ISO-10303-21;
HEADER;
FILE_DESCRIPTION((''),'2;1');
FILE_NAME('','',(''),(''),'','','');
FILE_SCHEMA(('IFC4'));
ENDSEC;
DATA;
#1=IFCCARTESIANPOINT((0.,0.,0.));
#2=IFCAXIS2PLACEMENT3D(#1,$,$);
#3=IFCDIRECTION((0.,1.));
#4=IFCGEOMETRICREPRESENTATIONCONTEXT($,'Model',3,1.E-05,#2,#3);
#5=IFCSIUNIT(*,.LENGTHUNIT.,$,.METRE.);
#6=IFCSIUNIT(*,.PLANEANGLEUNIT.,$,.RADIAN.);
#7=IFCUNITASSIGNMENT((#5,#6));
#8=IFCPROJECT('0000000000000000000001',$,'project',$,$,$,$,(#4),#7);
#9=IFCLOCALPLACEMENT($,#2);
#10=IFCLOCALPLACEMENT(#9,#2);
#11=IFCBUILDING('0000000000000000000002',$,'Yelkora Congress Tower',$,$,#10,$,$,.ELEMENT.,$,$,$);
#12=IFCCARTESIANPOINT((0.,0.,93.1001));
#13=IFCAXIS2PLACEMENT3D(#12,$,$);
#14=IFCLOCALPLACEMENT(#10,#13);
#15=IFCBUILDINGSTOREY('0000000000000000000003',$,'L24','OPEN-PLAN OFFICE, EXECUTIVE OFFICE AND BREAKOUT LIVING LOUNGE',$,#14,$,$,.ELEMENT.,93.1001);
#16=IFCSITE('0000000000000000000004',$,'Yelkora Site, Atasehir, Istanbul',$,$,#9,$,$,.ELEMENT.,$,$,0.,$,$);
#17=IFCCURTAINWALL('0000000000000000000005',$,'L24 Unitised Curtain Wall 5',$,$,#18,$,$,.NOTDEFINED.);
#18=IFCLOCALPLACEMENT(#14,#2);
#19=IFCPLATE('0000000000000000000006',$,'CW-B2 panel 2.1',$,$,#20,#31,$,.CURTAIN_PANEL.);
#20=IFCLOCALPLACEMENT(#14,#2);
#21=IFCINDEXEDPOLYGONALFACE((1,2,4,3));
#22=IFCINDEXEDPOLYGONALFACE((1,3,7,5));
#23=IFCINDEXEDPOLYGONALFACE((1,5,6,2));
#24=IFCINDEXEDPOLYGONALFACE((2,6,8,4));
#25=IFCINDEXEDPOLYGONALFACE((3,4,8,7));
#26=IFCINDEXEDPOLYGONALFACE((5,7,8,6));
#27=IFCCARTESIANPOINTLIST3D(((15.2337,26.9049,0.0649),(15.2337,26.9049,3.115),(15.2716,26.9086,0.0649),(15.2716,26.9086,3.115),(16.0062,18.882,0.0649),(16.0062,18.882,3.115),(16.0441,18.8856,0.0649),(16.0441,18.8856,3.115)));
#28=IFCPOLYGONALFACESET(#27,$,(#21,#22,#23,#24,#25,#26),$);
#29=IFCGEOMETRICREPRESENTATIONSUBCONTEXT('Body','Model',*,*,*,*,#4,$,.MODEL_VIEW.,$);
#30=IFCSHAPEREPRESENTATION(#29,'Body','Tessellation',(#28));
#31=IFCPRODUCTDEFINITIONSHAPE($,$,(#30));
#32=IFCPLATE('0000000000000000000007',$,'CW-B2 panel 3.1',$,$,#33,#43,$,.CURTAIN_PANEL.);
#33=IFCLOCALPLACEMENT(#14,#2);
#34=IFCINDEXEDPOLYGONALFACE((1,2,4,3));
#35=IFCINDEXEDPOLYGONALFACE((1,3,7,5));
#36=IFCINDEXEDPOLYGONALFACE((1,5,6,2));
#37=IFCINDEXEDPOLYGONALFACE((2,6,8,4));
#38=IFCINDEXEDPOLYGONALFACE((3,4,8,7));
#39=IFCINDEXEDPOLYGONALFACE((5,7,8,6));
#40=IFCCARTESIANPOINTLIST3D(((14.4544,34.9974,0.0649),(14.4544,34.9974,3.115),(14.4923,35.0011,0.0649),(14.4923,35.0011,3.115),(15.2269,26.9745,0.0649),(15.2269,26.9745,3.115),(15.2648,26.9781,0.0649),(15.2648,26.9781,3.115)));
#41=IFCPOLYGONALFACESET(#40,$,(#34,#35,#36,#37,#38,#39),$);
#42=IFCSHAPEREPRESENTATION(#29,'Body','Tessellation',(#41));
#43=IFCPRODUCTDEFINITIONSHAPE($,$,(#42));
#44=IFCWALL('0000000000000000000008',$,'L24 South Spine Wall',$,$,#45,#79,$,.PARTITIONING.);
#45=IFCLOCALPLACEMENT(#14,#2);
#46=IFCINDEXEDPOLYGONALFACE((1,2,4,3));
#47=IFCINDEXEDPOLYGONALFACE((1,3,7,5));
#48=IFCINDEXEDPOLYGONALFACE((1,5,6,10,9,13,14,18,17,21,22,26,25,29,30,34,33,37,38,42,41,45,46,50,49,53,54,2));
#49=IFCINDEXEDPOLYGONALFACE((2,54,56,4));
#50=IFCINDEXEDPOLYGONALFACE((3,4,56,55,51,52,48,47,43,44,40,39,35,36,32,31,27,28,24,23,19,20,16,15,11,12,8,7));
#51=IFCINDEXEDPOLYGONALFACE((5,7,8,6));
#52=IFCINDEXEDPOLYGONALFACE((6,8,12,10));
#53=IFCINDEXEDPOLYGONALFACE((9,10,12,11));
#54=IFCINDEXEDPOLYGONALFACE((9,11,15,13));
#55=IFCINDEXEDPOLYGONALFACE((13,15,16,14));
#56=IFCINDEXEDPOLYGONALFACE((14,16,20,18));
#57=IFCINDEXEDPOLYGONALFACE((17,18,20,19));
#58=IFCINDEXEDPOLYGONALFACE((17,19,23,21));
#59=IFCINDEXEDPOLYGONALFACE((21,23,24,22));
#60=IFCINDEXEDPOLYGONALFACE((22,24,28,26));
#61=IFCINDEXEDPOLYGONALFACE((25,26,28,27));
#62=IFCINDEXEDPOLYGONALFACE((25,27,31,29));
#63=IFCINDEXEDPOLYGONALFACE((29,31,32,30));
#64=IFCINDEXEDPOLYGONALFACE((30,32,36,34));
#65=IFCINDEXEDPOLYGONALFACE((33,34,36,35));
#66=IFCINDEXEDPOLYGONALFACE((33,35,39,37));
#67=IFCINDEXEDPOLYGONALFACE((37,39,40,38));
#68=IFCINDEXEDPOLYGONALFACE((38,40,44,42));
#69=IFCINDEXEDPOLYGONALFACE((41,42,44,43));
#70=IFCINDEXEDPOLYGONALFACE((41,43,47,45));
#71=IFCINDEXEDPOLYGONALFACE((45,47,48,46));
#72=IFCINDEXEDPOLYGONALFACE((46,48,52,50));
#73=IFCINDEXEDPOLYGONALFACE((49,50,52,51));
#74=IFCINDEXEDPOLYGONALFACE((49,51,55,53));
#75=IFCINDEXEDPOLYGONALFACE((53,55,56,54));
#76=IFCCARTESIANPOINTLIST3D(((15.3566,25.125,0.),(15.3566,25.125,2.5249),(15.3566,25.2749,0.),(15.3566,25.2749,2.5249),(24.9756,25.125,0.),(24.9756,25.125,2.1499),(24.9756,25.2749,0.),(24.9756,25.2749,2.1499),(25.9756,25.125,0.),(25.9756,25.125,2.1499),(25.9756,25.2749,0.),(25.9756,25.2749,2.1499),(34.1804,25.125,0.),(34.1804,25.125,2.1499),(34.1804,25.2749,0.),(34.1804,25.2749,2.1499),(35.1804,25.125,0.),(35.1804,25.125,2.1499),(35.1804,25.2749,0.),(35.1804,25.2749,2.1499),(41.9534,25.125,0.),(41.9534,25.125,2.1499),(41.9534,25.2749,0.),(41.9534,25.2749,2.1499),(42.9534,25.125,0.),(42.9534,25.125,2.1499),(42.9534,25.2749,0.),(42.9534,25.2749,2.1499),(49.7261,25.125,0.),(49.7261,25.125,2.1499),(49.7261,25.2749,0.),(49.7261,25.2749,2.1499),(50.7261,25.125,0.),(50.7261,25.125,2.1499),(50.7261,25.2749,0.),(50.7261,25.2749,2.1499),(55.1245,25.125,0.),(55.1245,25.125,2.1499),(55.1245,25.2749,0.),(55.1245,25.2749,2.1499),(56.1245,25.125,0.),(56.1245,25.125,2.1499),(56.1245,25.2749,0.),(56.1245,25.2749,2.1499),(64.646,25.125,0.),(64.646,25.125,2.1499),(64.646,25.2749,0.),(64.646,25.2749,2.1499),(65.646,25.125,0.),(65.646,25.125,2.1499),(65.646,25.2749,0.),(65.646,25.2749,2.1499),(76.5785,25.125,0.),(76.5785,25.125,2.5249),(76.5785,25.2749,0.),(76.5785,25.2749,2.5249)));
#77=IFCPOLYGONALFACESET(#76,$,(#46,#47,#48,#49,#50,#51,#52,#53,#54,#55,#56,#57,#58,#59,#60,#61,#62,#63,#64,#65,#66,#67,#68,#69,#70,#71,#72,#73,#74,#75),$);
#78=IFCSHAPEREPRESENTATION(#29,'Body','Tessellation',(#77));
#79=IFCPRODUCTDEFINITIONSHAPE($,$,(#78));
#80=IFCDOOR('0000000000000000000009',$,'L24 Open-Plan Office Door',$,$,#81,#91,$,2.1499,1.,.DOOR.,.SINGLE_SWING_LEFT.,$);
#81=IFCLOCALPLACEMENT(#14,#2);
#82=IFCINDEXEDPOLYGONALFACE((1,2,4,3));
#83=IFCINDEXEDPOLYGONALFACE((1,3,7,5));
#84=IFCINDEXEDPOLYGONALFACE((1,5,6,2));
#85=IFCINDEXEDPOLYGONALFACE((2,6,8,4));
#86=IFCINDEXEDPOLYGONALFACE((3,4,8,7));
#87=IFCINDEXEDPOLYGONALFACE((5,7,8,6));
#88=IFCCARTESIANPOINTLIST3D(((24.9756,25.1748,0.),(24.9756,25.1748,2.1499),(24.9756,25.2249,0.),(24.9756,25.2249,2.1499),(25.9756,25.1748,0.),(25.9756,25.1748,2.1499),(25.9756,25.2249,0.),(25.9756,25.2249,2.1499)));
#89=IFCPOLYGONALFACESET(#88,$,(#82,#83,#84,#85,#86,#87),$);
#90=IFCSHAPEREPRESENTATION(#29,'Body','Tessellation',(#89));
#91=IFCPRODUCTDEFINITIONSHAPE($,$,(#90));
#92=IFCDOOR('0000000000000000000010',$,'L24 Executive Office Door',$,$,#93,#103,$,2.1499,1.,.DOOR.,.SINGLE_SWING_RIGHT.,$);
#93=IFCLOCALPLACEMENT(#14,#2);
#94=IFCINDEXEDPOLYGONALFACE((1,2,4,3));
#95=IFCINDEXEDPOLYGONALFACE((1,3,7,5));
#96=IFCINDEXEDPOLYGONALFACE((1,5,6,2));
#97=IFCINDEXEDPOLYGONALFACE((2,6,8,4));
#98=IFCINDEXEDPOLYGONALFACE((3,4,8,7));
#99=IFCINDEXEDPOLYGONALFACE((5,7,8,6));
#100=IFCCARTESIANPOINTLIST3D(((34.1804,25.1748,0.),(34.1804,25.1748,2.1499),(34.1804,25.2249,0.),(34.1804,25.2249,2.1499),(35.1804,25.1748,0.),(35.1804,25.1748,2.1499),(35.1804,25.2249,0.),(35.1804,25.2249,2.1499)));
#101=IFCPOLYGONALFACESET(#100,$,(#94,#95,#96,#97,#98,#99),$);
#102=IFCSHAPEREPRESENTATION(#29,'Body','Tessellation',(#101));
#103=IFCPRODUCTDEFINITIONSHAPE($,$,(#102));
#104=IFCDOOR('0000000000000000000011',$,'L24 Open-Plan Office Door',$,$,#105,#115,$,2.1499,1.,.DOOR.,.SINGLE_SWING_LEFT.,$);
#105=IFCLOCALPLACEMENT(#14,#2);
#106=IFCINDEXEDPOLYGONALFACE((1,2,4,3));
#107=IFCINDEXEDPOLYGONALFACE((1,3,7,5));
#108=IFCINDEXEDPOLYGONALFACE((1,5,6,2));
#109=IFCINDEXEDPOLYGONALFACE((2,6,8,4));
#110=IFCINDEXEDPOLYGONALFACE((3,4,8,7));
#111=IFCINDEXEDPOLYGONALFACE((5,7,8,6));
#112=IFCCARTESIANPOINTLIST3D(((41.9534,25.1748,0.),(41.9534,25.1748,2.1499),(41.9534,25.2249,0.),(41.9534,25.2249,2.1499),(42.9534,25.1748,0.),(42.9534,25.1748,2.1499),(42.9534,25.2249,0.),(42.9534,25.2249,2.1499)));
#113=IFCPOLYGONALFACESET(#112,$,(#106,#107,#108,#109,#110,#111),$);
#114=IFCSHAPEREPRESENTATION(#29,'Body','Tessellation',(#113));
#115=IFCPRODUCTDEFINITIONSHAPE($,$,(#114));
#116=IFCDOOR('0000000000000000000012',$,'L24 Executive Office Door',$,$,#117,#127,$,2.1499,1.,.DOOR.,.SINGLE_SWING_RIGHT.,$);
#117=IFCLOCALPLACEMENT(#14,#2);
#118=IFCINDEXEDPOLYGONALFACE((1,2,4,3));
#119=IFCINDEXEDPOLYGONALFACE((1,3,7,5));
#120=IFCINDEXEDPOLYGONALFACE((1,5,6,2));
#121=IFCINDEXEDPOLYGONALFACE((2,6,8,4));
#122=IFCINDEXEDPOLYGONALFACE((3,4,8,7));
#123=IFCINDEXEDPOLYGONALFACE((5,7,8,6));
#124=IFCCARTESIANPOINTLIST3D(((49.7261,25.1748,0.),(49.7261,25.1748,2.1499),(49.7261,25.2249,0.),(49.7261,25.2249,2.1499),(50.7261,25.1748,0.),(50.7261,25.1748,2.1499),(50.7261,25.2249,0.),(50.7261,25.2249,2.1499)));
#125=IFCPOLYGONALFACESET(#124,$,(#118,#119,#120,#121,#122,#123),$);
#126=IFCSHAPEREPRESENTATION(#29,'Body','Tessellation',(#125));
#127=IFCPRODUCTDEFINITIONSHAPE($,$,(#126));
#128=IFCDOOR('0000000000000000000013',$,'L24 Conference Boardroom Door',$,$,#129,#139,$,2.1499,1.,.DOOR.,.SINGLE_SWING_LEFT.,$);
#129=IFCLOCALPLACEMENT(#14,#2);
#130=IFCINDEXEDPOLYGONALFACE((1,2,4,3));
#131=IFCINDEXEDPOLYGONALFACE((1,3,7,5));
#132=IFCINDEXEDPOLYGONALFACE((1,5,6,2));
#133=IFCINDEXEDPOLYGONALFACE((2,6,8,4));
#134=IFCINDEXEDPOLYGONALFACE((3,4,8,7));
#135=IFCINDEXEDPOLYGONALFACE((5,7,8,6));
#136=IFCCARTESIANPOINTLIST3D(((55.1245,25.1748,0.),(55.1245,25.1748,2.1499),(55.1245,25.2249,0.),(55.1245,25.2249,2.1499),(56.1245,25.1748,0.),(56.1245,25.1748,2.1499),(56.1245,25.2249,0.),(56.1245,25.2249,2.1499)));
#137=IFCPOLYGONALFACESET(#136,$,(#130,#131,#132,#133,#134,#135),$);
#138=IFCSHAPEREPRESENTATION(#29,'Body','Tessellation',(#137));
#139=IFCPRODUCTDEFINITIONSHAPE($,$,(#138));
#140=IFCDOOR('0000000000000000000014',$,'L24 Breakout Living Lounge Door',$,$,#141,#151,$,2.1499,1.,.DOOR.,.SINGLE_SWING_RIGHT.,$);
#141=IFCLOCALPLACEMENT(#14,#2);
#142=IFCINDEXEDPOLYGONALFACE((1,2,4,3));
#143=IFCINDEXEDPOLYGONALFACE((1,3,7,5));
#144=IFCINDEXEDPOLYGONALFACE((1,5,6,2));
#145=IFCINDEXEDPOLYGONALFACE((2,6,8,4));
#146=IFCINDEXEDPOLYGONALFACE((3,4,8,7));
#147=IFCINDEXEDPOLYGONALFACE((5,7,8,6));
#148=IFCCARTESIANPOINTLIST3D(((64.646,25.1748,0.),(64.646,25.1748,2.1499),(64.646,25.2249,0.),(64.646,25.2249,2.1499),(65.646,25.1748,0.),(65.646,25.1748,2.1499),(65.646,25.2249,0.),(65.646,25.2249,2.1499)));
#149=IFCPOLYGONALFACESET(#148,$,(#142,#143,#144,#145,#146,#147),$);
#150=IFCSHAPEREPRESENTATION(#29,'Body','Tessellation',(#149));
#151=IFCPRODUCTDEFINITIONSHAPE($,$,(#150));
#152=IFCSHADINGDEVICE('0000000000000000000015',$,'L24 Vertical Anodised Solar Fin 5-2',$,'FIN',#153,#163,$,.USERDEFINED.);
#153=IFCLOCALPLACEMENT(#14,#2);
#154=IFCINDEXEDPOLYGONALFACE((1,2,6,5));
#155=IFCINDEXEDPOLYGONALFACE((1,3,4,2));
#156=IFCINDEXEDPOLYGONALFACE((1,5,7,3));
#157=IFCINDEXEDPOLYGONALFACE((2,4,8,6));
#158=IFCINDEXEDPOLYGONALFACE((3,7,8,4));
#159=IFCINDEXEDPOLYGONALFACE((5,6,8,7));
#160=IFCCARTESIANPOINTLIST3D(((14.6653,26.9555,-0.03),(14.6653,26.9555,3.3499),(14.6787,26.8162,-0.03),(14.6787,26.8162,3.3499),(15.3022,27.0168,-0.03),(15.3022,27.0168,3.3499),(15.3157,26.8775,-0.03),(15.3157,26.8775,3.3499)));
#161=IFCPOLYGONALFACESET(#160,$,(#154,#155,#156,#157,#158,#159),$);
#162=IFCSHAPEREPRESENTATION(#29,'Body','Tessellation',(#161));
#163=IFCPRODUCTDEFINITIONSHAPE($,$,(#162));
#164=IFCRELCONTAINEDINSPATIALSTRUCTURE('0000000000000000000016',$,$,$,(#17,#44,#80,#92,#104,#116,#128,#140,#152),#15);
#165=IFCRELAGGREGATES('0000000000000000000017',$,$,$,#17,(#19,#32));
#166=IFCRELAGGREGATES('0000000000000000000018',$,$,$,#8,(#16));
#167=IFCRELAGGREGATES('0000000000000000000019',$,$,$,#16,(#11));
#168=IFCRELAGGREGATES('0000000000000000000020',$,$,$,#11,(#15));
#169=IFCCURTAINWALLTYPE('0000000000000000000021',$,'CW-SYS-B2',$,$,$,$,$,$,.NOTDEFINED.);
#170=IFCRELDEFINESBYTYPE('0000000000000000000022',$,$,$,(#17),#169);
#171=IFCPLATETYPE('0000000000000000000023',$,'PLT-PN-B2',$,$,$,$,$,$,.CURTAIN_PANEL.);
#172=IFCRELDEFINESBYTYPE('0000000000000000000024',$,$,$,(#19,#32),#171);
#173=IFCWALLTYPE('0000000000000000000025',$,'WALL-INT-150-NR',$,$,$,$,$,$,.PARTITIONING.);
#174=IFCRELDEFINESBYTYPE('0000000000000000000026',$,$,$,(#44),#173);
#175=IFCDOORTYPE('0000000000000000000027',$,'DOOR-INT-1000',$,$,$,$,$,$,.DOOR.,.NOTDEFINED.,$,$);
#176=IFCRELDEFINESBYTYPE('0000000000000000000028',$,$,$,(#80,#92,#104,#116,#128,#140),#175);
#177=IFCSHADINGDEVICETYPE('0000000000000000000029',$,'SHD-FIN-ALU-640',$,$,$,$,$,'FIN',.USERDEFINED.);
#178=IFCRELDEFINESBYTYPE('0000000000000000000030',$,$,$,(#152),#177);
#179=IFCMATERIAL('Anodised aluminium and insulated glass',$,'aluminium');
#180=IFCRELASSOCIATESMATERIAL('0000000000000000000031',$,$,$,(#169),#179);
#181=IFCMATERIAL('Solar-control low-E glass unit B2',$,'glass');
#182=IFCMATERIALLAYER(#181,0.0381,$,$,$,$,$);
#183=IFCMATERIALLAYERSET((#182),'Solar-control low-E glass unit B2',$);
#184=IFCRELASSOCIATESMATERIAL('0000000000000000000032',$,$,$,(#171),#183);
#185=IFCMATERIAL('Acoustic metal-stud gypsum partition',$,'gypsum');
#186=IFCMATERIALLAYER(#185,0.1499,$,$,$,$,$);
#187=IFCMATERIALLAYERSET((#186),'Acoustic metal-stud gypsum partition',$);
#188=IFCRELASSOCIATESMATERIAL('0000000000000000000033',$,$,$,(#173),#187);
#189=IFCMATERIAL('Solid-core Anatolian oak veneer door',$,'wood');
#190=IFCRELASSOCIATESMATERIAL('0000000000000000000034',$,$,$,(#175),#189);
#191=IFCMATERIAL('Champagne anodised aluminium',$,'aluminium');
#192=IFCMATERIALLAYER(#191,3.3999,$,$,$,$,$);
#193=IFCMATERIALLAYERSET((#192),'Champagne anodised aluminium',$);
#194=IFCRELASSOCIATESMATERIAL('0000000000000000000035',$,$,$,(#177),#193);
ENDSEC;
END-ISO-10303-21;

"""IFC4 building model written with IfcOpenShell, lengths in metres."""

from ifc_helpers import new_model, si_unit, direction, frame, frame_2d, origin, origin_2d, place, context, subcontext, project, spatial, rectangle, extrude, material, layer, layer_set, type_object, element, fill, aggregate, save


model = new_model("IFC4")

# Units and contexts
model_context = context("Model", 3, precision=1e-05, world=origin(), true_north=direction((0.0, 1.0)))
body_context = subcontext(model_context, "Body", "Model", "MODEL_VIEW")
ifc_project = project(units=[si_unit("LENGTHUNIT", "METRE"), si_unit("PLANEANGLEUNIT", "RADIAN")], contexts=[model_context])

# Site, building, storey
site_placement = place(None, origin())
site = spatial("IfcSite", under=ifc_project, at=site_placement, Name="Yelkora Site, Atasehir, Istanbul", CompositionType="ELEMENT", RefElevation=0.0)
building_placement = place(site_placement, origin())
building = spatial("IfcBuilding", under=site, at=building_placement, Name="Yelkora Congress Tower", CompositionType="ELEMENT")
storey_placement = place(building_placement, frame((0.0, 0.0, 93.1001)))
storey = spatial("IfcBuildingStorey", under=building, at=storey_placement, Name="L24", Description="OPEN-PLAN OFFICE, EXECUTIVE OFFICE AND BREAKOUT LIVING LOUNGE", CompositionType="ELEMENT", Elevation=93.1001)

# Curtain wall, plates
ifc_material_1 = material(Name="Anodised aluminium and insulated glass", Category="aluminium")
curtain_wall_type = type_object("IfcCurtainWallType", Name="CW-SYS-B2", PredefinedType="NOTDEFINED", material=ifc_material_1)
curtain_wall_placement = place(storey_placement, origin())
curtain_wall = element("IfcCurtainWall", 1, at=curtain_wall_placement, inside=storey, type_object=curtain_wall_type, Name="L24 Unitised Curtain Wall 5", PredefinedType="NOTDEFINED")
ifc_material_2 = material(Name="Solar-control low-E glass unit B2", Category="glass")
ifc_layer_1 = layer(ifc_material_2, 0.0381)
ifc_layer_set_1 = layer_set([ifc_layer_1], Name="Solar-control low-E glass unit B2")
plate_type = type_object("IfcPlateType", Name="PLT-PN-B2", PredefinedType="CURTAIN_PANEL", material=ifc_layer_set_1)
plate_1_placement = place(storey_placement, frame((15.6389, 22.8953, 0.0649), z_axis=(0.0, 0.0, 1.0), x_axis=(-0.095843, 0.995397, 0.0)))
plate_1 = element("IfcPlate", 2, at=plate_1_placement, type_object=plate_type, Name="CW-B2 panel 2.1", PredefinedType="CURTAIN_PANEL", context=body_context, shape_type="SweptSolid", body=[
    extrude(rectangle(XDim=8.0601, YDim=0.0381, at=origin_2d()), origin(), (0.0, 0.0, 1.0), 3.05),
])
plate_2_placement = place(storey_placement, frame((14.8596, 30.9878, 0.0649), z_axis=(0.0, 0.0, 1.0), x_axis=(-0.095843, 0.995397, 0.0)))
plate_2 = element("IfcPlate", 3, at=plate_2_placement, type_object=plate_type, Name="CW-B2 panel 3.1", PredefinedType="CURTAIN_PANEL", context=body_context, shape_type="SweptSolid", body=[
    extrude(rectangle(XDim=8.0601, YDim=0.0381, at=origin_2d()), origin(), (0.0, 0.0, 1.0), 3.05),
])
aggregate(curtain_wall, [plate_1, plate_2])

# Wall, openings, doors
ifc_material_3 = material(Name="Acoustic metal-stud gypsum partition", Category="gypsum")
ifc_layer_2 = layer(ifc_material_3, 0.1499)
ifc_layer_set_2 = layer_set([ifc_layer_2], Name="Acoustic metal-stud gypsum partition")
wall_type = type_object("IfcWallType", Name="WALL-INT-150-NR", PredefinedType="PARTITIONING", material=ifc_layer_set_2)
wall_placement = place(storey_placement, frame((15.3567, 25.2, 0.0), z_axis=(0.0, 0.0, 1.0), x_axis=(1.0, 0.0, 0.0)))
wall = element("IfcWall", 4, at=wall_placement, inside=storey, type_object=wall_type, Name="L24 South Spine Wall", PredefinedType="PARTITIONING", context=body_context, shape_type="SweptSolid", body=[
    extrude(rectangle(XDim=61.2219, YDim=0.1499, at=frame_2d((30.6108, 0.0))), origin(), (0.0, 0.0, 1.0), 2.5249),
])
opening_1_placement = place(wall_placement, frame((9.6189, 0.0, 0.0)))
opening_1 = element("IfcOpeningElement", 5, at=opening_1_placement, cuts=wall, PredefinedType="OPENING", context=body_context, shape_type="SweptSolid", body=[
    extrude(rectangle(XDim=1.0, YDim=2.1499, at=frame_2d((0.5, 1.075))), frame((0.0, 0.085, 0.0), z_axis=(0.0, -1.0, 0.0), x_axis=(1.0, 0.0, 0.0)), (0.0, 0.0, 1.0), 0.1699),
])
opening_2_placement = place(wall_placement, frame((18.8237, 0.0, 0.0)))
opening_2 = element("IfcOpeningElement", 6, at=opening_2_placement, cuts=wall, PredefinedType="OPENING", context=body_context, shape_type="SweptSolid", body=[
    extrude(rectangle(XDim=1.0, YDim=2.1499, at=frame_2d((0.5, 1.075))), frame((0.0, 0.085, 0.0), z_axis=(0.0, -1.0, 0.0), x_axis=(1.0, 0.0, 0.0)), (0.0, 0.0, 1.0), 0.1699),
])
opening_3_placement = place(wall_placement, frame((26.5967, 0.0, 0.0)))
opening_3 = element("IfcOpeningElement", 7, at=opening_3_placement, cuts=wall, PredefinedType="OPENING", context=body_context, shape_type="SweptSolid", body=[
    extrude(rectangle(XDim=1.0, YDim=2.1499, at=frame_2d((0.5, 1.075))), frame((0.0, 0.085, 0.0), z_axis=(0.0, -1.0, 0.0), x_axis=(1.0, 0.0, 0.0)), (0.0, 0.0, 1.0), 0.1699),
])
opening_4_placement = place(wall_placement, frame((34.3694, 0.0, 0.0)))
opening_4 = element("IfcOpeningElement", 8, at=opening_4_placement, cuts=wall, PredefinedType="OPENING", context=body_context, shape_type="SweptSolid", body=[
    extrude(rectangle(XDim=1.0, YDim=2.1499, at=frame_2d((0.5, 1.075))), frame((0.0, 0.085, 0.0), z_axis=(0.0, -1.0, 0.0), x_axis=(1.0, 0.0, 0.0)), (0.0, 0.0, 1.0), 0.1699),
])
opening_5_placement = place(wall_placement, frame((39.7678, 0.0, 0.0)))
opening_5 = element("IfcOpeningElement", 9, at=opening_5_placement, cuts=wall, PredefinedType="OPENING", context=body_context, shape_type="SweptSolid", body=[
    extrude(rectangle(XDim=1.0, YDim=2.1499, at=frame_2d((0.5, 1.075))), frame((0.0, 0.085, 0.0), z_axis=(0.0, -1.0, 0.0), x_axis=(1.0, 0.0, 0.0)), (0.0, 0.0, 1.0), 0.1699),
])
opening_6_placement = place(wall_placement, frame((49.2893, 0.0, 0.0)))
opening_6 = element("IfcOpeningElement", 10, at=opening_6_placement, cuts=wall, PredefinedType="OPENING", context=body_context, shape_type="SweptSolid", body=[
    extrude(rectangle(XDim=1.0, YDim=2.1499, at=frame_2d((0.5, 1.075))), frame((0.0, 0.085, 0.0), z_axis=(0.0, -1.0, 0.0), x_axis=(1.0, 0.0, 0.0)), (0.0, 0.0, 1.0), 0.1699),
])
ifc_material_4 = material(Name="Solid-core Anatolian oak veneer door", Category="wood")
door_type = type_object("IfcDoorType", Name="DOOR-INT-1000", OperationType="NOTDEFINED", PredefinedType="DOOR", material=ifc_material_4)
door_1_placement = place(opening_1_placement, origin())
door_1 = element("IfcDoor", 11, at=door_1_placement, inside=storey, type_object=door_type, Name="L24 Open-Plan Office Door", OperationType="SINGLE_SWING_LEFT", OverallHeight=2.1499, OverallWidth=1.0, PredefinedType="DOOR", context=body_context, shape_type="SweptSolid", body=[
    extrude(rectangle(XDim=1.0, YDim=2.1499, at=frame_2d((0.5, 1.075))), frame((0.0, 0.0249, 0.0), z_axis=(0.0, -1.0, 0.0), x_axis=(1.0, 0.0, 0.0)), (0.0, 0.0, 1.0), 0.05),
])
fill(opening_1, door_1)
door_2_placement = place(opening_2_placement, origin())
door_2 = element("IfcDoor", 12, at=door_2_placement, inside=storey, type_object=door_type, Name="L24 Executive Office Door", OperationType="SINGLE_SWING_RIGHT", OverallHeight=2.1499, OverallWidth=1.0, PredefinedType="DOOR", context=body_context, shape_type="SweptSolid", body=[
    extrude(rectangle(XDim=1.0, YDim=2.1499, at=frame_2d((0.5, 1.075))), frame((0.0, 0.0249, 0.0), z_axis=(0.0, -1.0, 0.0), x_axis=(1.0, 0.0, 0.0)), (0.0, 0.0, 1.0), 0.05),
])
fill(opening_2, door_2)
door_3_placement = place(opening_3_placement, origin())
door_3 = element("IfcDoor", 13, at=door_3_placement, inside=storey, type_object=door_type, Name="L24 Open-Plan Office Door", OperationType="SINGLE_SWING_LEFT", OverallHeight=2.1499, OverallWidth=1.0, PredefinedType="DOOR", context=body_context, shape_type="SweptSolid", body=[
    extrude(rectangle(XDim=1.0, YDim=2.1499, at=frame_2d((0.5, 1.075))), frame((0.0, 0.0249, 0.0), z_axis=(0.0, -1.0, 0.0), x_axis=(1.0, 0.0, 0.0)), (0.0, 0.0, 1.0), 0.05),
])
fill(opening_3, door_3)
door_4_placement = place(opening_4_placement, origin())
door_4 = element("IfcDoor", 14, at=door_4_placement, inside=storey, type_object=door_type, Name="L24 Executive Office Door", OperationType="SINGLE_SWING_RIGHT", OverallHeight=2.1499, OverallWidth=1.0, PredefinedType="DOOR", context=body_context, shape_type="SweptSolid", body=[
    extrude(rectangle(XDim=1.0, YDim=2.1499, at=frame_2d((0.5, 1.075))), frame((0.0, 0.0249, 0.0), z_axis=(0.0, -1.0, 0.0), x_axis=(1.0, 0.0, 0.0)), (0.0, 0.0, 1.0), 0.05),
])
fill(opening_4, door_4)
door_5_placement = place(opening_5_placement, origin())
door_5 = element("IfcDoor", 15, at=door_5_placement, inside=storey, type_object=door_type, Name="L24 Conference Boardroom Door", OperationType="SINGLE_SWING_LEFT", OverallHeight=2.1499, OverallWidth=1.0, PredefinedType="DOOR", context=body_context, shape_type="SweptSolid", body=[
    extrude(rectangle(XDim=1.0, YDim=2.1499, at=frame_2d((0.5, 1.075))), frame((0.0, 0.0249, 0.0), z_axis=(0.0, -1.0, 0.0), x_axis=(1.0, 0.0, 0.0)), (0.0, 0.0, 1.0), 0.05),
])
fill(opening_5, door_5)
door_6_placement = place(opening_6_placement, origin())
door_6 = element("IfcDoor", 16, at=door_6_placement, inside=storey, type_object=door_type, Name="L24 Breakout Living Lounge Door", OperationType="SINGLE_SWING_RIGHT", OverallHeight=2.1499, OverallWidth=1.0, PredefinedType="DOOR", context=body_context, shape_type="SweptSolid", body=[
    extrude(rectangle(XDim=1.0, YDim=2.1499, at=frame_2d((0.5, 1.075))), frame((0.0, 0.0249, 0.0), z_axis=(0.0, -1.0, 0.0), x_axis=(1.0, 0.0, 0.0)), (0.0, 0.0, 1.0), 0.05),
])
fill(opening_6, door_6)

# Shading device
ifc_material_5 = material(Name="Champagne anodised aluminium", Category="aluminium")
ifc_layer_3 = layer(ifc_material_5, 3.3999)
ifc_layer_set_3 = layer_set([ifc_layer_3], Name="Champagne anodised aluminium")
shading_device_type = type_object("IfcShadingDeviceType", Name="SHD-FIN-ALU-640", ElementType="FIN", PredefinedType="USERDEFINED", material=ifc_layer_set_3)
for number, where, z_axis, x_axis, name in (
    (17, (14.9905, 26.9165, -0.03), (0.0, 0.0, 1.0), (-0.095846, 0.995396, 0.0), "L24 Vertical Anodised Solar Fin 5-2"),
):
    element("IfcShadingDevice", number, at=place(storey_placement, frame(where, z_axis=z_axis, x_axis=x_axis)), inside=storey, type_object=shading_device_type, Name=name, ObjectType="FIN", PredefinedType="USERDEFINED", context=body_context, shape_type="SweptSolid", body=[
        extrude(rectangle(XDim=0.1399, YDim=0.6399, at=origin_2d()), origin(), (0.0, 0.0, 1.0), 3.3799),
    ])

save(model, "model.ifc")
